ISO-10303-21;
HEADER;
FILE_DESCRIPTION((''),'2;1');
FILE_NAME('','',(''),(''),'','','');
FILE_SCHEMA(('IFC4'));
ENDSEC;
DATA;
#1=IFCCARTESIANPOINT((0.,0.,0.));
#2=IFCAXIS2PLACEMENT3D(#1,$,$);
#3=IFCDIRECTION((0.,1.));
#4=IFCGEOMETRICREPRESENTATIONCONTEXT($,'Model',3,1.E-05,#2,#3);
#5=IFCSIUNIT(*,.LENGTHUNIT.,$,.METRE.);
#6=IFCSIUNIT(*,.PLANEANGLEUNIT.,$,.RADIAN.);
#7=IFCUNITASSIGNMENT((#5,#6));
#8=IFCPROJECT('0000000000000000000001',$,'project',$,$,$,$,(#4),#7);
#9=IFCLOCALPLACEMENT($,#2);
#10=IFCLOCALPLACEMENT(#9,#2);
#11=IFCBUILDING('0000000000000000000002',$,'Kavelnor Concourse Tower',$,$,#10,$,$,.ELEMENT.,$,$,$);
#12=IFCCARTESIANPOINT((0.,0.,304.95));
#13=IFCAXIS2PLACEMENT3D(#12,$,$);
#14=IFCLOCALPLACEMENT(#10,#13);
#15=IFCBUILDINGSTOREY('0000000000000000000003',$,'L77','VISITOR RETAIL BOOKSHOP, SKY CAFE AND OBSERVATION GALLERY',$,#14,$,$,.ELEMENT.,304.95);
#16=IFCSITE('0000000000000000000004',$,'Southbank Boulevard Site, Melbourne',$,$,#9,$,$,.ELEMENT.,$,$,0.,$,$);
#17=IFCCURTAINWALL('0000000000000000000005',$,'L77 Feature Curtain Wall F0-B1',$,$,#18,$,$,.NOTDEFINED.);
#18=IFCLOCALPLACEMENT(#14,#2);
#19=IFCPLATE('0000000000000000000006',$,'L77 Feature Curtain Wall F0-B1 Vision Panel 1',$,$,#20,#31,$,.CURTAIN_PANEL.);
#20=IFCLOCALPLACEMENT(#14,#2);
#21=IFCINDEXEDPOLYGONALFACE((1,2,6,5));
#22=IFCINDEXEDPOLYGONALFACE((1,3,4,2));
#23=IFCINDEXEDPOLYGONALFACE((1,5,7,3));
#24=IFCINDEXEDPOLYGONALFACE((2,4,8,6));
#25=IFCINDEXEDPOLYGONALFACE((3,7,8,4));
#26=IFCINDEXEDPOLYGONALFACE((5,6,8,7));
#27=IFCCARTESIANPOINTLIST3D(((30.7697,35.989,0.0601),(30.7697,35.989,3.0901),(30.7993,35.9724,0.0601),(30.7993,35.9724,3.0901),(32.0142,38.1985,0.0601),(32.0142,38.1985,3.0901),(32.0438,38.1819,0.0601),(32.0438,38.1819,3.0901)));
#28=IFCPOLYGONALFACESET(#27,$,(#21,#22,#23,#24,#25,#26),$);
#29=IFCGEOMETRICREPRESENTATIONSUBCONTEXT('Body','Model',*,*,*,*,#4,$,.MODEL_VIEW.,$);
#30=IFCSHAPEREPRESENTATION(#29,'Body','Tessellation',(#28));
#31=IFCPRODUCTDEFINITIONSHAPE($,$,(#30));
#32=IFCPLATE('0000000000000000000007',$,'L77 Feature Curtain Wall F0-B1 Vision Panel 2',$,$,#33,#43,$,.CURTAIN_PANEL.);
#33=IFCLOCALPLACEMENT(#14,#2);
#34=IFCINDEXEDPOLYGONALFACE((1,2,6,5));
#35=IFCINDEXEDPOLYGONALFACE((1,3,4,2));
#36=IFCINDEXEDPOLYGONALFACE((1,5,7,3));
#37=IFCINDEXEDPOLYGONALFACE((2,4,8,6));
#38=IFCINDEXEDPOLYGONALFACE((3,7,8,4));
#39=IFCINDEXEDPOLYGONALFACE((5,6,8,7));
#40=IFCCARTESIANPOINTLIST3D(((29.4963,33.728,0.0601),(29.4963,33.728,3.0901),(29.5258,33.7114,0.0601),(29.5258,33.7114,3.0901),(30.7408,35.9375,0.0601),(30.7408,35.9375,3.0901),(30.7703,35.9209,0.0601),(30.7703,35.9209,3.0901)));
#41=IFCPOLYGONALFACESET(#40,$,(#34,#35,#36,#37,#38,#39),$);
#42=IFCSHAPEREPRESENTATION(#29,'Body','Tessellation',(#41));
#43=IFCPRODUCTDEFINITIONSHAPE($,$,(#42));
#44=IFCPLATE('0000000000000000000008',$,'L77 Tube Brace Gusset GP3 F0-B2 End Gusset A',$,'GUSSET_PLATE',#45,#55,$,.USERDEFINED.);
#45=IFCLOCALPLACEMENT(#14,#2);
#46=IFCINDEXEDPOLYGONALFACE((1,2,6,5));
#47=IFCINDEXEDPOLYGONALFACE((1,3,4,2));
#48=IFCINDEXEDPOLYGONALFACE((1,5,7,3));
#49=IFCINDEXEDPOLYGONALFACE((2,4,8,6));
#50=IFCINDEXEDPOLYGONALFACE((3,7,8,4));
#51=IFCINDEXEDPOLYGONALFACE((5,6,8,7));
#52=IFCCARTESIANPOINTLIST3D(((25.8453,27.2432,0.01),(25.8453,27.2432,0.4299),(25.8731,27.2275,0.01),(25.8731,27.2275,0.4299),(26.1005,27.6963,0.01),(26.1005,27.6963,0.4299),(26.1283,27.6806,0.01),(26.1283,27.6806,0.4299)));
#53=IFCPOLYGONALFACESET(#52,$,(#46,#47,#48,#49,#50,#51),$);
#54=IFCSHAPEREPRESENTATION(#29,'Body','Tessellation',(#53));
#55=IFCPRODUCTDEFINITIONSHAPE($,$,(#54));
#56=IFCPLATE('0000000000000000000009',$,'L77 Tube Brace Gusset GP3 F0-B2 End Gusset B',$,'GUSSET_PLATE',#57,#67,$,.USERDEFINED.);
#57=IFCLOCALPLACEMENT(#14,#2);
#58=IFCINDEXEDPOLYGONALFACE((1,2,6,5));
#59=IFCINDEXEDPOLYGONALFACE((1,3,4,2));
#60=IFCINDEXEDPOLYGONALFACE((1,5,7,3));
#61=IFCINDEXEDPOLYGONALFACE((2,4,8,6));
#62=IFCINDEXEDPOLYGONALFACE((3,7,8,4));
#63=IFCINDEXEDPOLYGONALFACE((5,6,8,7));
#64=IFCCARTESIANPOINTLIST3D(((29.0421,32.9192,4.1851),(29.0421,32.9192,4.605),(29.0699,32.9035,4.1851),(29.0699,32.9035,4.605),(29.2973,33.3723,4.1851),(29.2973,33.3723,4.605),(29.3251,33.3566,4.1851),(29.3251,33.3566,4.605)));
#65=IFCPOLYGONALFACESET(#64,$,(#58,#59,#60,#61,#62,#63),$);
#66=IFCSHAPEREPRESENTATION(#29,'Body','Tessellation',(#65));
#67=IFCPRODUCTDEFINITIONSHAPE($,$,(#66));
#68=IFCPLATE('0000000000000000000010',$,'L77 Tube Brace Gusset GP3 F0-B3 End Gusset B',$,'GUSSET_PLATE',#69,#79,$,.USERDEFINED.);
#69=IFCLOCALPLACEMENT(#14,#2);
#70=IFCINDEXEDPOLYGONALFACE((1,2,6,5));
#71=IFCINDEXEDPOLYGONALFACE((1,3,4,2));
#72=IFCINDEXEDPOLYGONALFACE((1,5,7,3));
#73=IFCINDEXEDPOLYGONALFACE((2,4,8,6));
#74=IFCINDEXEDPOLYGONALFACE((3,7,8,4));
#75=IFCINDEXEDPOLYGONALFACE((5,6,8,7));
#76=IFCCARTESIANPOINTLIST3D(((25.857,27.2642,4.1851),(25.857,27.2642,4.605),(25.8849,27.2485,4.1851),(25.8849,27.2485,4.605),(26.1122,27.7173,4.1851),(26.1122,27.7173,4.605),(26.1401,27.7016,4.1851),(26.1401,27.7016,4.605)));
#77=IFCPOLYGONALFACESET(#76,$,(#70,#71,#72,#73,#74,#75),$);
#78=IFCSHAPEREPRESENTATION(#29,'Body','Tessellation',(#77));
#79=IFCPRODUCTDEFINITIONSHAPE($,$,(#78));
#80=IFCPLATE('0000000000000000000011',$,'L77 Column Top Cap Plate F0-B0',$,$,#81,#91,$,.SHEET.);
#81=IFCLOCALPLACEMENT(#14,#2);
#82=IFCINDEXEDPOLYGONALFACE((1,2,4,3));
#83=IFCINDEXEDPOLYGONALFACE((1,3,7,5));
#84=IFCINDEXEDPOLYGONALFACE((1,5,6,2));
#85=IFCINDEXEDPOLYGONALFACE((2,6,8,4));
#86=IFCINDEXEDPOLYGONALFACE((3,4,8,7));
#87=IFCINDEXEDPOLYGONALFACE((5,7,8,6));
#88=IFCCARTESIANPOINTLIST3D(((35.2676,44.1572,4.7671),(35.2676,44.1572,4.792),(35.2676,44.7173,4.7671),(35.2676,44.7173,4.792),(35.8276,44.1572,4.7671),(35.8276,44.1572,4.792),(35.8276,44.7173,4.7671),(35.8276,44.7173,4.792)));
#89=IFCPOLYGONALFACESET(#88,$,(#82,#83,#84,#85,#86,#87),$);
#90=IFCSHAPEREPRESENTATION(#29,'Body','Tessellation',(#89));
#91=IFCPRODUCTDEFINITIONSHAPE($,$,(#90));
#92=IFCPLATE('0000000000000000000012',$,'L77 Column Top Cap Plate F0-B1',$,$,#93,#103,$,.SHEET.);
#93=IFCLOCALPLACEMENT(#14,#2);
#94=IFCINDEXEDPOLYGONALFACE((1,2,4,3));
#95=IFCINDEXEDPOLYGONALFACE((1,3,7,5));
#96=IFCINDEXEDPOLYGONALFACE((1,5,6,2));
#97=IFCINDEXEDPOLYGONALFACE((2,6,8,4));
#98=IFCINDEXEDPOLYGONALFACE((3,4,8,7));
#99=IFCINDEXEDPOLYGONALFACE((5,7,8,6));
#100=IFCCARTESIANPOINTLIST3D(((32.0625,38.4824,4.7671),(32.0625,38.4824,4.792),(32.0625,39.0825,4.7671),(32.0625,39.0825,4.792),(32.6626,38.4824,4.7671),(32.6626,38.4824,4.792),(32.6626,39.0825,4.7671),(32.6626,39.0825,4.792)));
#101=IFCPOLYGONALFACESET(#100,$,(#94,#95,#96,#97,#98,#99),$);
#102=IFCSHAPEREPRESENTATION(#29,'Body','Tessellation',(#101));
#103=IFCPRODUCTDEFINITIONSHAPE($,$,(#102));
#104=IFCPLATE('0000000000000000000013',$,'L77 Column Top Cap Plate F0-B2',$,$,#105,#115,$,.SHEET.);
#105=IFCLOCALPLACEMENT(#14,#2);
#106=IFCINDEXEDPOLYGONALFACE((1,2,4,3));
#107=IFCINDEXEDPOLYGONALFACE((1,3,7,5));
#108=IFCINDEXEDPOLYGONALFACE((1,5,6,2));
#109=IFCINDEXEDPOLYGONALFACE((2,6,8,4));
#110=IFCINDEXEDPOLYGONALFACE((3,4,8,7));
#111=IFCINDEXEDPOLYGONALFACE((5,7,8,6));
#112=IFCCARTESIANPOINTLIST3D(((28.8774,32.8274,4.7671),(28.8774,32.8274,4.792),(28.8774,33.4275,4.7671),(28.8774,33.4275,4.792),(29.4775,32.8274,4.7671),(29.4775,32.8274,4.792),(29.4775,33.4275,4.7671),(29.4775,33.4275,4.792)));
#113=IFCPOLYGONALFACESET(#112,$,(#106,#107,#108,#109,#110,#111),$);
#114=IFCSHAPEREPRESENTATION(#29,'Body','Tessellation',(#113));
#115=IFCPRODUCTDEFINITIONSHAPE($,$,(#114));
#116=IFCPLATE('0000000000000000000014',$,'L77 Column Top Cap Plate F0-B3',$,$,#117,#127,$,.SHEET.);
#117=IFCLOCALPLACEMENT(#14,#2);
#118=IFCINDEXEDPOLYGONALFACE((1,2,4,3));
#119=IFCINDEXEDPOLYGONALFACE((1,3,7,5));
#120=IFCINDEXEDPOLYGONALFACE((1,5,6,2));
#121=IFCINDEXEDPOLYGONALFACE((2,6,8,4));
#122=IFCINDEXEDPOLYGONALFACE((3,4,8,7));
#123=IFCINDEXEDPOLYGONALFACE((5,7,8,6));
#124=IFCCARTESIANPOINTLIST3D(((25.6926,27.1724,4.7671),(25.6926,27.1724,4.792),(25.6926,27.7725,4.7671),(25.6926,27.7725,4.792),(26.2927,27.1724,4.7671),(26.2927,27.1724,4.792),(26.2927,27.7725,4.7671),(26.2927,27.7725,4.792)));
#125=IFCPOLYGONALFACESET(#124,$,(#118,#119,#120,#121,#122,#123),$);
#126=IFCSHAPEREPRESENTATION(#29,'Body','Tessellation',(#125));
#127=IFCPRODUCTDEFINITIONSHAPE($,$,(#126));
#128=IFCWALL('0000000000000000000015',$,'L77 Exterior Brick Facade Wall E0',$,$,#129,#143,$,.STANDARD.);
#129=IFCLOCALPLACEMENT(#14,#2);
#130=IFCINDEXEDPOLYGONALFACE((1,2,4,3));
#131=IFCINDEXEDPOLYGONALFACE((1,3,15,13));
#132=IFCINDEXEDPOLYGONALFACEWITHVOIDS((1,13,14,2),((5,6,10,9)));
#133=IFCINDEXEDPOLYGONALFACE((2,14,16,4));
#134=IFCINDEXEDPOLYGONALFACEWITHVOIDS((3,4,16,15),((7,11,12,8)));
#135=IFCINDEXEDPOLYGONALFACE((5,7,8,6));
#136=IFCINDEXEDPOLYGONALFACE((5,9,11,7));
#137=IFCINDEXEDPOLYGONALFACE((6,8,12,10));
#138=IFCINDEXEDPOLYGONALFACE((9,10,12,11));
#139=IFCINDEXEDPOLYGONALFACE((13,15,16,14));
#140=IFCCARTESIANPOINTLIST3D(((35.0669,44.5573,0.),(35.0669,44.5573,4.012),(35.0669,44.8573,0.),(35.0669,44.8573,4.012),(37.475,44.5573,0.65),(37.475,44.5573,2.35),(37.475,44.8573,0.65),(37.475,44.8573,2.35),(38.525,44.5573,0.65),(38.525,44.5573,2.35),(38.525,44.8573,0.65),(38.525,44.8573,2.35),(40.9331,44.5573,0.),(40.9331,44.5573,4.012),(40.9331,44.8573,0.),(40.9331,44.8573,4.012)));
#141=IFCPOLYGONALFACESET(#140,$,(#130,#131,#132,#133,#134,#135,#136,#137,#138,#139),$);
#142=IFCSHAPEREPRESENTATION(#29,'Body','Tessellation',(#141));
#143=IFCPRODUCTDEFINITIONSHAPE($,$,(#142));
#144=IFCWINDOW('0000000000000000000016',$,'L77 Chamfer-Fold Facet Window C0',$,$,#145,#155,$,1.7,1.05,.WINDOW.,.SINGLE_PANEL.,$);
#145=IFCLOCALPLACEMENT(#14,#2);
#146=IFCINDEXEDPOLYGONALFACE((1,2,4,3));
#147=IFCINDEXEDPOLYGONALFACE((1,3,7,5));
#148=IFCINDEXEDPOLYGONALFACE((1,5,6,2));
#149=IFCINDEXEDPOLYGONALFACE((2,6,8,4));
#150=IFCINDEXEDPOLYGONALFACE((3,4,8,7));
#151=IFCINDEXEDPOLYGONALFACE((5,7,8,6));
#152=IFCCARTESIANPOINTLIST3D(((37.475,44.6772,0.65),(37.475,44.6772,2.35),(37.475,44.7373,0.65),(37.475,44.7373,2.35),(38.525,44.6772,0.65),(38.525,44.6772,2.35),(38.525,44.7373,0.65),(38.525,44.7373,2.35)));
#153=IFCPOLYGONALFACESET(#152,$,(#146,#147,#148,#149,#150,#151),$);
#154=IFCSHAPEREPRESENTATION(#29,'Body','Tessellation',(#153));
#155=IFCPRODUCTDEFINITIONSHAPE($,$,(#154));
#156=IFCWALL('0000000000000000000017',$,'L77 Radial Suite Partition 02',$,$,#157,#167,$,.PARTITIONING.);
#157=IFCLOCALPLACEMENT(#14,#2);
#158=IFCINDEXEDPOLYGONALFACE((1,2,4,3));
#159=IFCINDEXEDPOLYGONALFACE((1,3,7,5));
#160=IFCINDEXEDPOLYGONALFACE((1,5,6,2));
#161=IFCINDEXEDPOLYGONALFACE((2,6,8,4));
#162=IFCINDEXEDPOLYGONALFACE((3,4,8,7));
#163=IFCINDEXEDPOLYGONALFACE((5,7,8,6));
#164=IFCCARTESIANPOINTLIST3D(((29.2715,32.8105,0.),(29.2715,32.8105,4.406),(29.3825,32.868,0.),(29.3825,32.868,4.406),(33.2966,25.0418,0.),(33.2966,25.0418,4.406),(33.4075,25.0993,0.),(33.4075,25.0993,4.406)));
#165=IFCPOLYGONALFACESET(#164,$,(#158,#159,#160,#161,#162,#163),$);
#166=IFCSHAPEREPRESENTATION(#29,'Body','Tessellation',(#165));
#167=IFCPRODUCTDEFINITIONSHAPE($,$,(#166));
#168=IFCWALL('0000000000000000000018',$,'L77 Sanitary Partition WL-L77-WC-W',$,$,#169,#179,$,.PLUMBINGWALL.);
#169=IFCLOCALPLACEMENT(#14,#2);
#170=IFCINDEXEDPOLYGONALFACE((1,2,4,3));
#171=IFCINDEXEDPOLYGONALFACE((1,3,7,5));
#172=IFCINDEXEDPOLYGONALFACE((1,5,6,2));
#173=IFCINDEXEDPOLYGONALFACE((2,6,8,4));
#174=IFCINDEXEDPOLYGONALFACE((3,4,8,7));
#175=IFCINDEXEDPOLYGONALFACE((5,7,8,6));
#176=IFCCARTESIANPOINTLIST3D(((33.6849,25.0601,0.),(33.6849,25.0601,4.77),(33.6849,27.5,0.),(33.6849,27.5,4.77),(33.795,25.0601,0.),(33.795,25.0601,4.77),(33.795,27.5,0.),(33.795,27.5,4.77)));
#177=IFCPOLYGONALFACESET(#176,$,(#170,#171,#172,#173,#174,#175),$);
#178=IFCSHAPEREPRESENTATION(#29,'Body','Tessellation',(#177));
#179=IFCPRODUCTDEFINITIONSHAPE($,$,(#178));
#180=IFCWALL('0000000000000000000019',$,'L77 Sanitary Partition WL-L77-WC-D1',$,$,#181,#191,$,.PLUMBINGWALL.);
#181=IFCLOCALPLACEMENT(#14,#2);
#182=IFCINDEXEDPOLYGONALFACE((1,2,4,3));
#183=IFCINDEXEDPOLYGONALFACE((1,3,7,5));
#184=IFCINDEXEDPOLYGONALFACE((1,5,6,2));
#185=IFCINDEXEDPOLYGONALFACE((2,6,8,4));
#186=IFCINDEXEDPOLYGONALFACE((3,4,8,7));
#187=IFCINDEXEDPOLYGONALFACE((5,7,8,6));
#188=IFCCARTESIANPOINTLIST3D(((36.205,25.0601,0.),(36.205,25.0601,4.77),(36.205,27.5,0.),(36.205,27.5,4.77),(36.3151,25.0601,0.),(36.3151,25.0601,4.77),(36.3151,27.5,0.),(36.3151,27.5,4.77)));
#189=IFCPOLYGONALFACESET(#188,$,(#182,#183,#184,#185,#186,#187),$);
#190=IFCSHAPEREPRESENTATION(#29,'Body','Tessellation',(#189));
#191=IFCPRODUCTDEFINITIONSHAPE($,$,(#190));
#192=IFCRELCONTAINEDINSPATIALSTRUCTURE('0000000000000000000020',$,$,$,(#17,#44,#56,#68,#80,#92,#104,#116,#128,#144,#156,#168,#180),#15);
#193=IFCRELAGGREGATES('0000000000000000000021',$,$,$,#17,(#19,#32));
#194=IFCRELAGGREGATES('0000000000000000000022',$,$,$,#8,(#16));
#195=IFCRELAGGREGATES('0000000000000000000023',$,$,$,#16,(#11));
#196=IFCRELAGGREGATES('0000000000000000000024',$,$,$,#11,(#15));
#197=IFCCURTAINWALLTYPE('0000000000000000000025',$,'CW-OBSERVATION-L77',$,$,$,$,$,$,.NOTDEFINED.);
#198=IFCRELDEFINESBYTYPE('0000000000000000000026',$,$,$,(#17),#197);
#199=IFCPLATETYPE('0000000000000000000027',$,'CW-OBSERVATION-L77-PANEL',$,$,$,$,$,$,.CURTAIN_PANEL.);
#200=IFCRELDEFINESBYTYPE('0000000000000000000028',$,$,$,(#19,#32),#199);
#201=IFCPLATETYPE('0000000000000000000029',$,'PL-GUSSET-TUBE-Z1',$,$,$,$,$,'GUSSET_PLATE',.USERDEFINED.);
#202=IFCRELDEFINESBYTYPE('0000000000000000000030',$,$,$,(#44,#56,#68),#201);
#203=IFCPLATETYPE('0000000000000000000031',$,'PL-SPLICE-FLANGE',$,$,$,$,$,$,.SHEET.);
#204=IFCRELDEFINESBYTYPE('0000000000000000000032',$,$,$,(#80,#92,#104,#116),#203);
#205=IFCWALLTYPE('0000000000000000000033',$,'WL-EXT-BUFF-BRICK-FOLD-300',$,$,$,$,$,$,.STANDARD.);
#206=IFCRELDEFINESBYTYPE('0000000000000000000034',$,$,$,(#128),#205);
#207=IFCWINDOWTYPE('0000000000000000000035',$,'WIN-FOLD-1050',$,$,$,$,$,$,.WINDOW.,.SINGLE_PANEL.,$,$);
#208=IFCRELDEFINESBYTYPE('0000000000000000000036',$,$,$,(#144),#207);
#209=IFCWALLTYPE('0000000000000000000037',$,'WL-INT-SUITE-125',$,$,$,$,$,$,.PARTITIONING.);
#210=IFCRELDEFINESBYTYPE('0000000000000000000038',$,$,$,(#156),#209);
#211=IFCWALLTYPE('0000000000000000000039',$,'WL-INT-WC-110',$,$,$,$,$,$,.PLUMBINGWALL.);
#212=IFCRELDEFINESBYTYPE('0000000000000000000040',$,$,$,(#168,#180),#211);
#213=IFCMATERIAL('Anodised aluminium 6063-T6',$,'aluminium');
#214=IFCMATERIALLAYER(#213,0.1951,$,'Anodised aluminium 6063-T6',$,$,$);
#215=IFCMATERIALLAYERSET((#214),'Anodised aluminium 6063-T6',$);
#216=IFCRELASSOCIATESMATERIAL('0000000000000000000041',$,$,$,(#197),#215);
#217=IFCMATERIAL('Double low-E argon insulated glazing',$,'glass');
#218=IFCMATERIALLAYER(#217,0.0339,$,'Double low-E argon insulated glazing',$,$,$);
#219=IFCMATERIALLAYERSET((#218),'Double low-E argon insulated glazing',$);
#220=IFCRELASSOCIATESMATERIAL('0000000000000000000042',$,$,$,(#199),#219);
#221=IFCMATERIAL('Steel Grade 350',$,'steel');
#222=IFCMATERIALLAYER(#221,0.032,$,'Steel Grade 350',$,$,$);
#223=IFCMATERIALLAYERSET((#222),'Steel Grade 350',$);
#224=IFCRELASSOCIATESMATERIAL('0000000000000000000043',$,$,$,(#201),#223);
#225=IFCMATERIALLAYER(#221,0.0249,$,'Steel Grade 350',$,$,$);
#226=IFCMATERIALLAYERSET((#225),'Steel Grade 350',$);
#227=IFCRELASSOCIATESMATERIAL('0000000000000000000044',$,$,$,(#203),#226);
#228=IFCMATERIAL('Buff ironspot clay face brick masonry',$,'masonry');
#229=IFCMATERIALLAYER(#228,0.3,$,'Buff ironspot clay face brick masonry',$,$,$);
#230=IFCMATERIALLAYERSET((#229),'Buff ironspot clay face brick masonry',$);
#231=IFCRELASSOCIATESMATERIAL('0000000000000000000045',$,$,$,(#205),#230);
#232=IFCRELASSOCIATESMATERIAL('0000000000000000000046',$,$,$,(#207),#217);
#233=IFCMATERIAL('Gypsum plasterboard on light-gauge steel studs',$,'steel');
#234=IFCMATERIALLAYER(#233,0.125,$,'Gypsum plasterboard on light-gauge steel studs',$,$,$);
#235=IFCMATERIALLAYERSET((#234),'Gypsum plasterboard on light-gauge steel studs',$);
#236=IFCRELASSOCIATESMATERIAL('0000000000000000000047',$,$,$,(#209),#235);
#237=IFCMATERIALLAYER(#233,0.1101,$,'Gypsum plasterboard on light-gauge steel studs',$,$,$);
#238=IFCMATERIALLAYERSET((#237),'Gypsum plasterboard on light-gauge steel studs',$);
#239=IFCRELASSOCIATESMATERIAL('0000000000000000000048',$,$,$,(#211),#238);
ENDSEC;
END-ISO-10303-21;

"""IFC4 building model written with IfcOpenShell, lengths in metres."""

from ifc_helpers import new_model, si_unit, direction, frame, frame_2d, origin, origin_2d, place, context, subcontext, project, spatial, rectangle, extrude, material, layer, layer_set, type_object, element, fill, aggregate, save


model = new_model("IFC4")

# Units and contexts
model_context = context("Model", 3, precision=1e-05, world=origin(), true_north=direction((0.0, 1.0)))
body_context = subcontext(model_context, "Body", "Model", "MODEL_VIEW")
ifc_project = project(units=[si_unit("LENGTHUNIT", "METRE"), si_unit("PLANEANGLEUNIT", "RADIAN")], contexts=[model_context])

# Site, building, storey
site_placement = place(None, origin())
site = spatial("IfcSite", under=ifc_project, at=site_placement, Name="Southbank Boulevard Site, Melbourne", CompositionType="ELEMENT", RefElevation=0.0)
building_placement = place(site_placement, origin())
building = spatial("IfcBuilding", under=site, at=building_placement, Name="Kavelnor Concourse Tower", CompositionType="ELEMENT")
storey_placement = place(building_placement, frame((0.0, 0.0, 304.95)))
storey = spatial("IfcBuildingStorey", under=building, at=storey_placement, Name="L77", Description="VISITOR RETAIL BOOKSHOP, SKY CAFE AND OBSERVATION GALLERY", CompositionType="ELEMENT", Elevation=304.95)

# Shared definitions
ifc_material_1 = material(Name="Steel Grade 350", Category="steel")

# Curtain wall
ifc_material_2 = material(Name="Anodised aluminium 6063-T6", Category="aluminium")
ifc_layer_1 = layer(ifc_material_2, 0.1951, Name="Anodised aluminium 6063-T6")
ifc_layer_set_1 = layer_set([ifc_layer_1], Name="Anodised aluminium 6063-T6")
curtain_wall_type = type_object("IfcCurtainWallType", Name="CW-OBSERVATION-L77", PredefinedType="NOTDEFINED", material=ifc_layer_set_1)
curtain_wall_placement = place(storey_placement, origin())
curtain_wall = element("IfcCurtainWall", 1, at=curtain_wall_placement, inside=storey, type_object=curtain_wall_type, Name="L77 Feature Curtain Wall F0-B1", PredefinedType="NOTDEFINED")

# Plates
ifc_material_3 = material(Name="Double low-E argon insulated glazing", Category="glass")
ifc_layer_2 = layer(ifc_material_3, 0.0339, Name="Double low-E argon insulated glazing")
ifc_layer_set_2 = layer_set([ifc_layer_2], Name="Double low-E argon insulated glazing")
plate_type_1 = type_object("IfcPlateType", Name="CW-OBSERVATION-L77-PANEL", PredefinedType="CURTAIN_PANEL", material=ifc_layer_set_2)
plate_1_placement = place(storey_placement, frame((31.4067, 37.0854, 0.0601), z_axis=(0.0, 0.0, 1.0), x_axis=(-0.490752, -0.871299, 0.0)))
plate_1 = element("IfcPlate", 2, at=plate_1_placement, type_object=plate_type_1, Name="L77 Feature Curtain Wall F0-B1 Vision Panel 1", PredefinedType="CURTAIN_PANEL", context=body_context, shape_type="SweptSolid", body=[
    extrude(rectangle(XDim=2.5359, YDim=0.0339, at=origin_2d()), origin(), (0.0, 0.0, 1.0), 3.03),
])
plate_2_placement = place(storey_placement, frame((30.1333, 34.8245, 0.0601), z_axis=(0.0, 0.0, 1.0), x_axis=(-0.490752, -0.871299, 0.0)))
plate_2 = element("IfcPlate", 3, at=plate_2_placement, type_object=plate_type_1, Name="L77 Feature Curtain Wall F0-B1 Vision Panel 2", PredefinedType="CURTAIN_PANEL", context=body_context, shape_type="SweptSolid", body=[
    extrude(rectangle(XDim=2.5359, YDim=0.0339, at=origin_2d()), origin(), (0.0, 0.0, 1.0), 3.03),
])
aggregate(curtain_wall, [plate_1, plate_2])

# Plates
ifc_layer_3 = layer(ifc_material_1, 0.032, Name="Steel Grade 350")
ifc_layer_set_3 = layer_set([ifc_layer_3], Name="Steel Grade 350")
plate_type_2 = type_object("IfcPlateType", Name="PL-GUSSET-TUBE-Z1", ElementType="GUSSET_PLATE", PredefinedType="USERDEFINED", material=ifc_layer_set_3)
for number, where, z_axis, x_axis, name in (
    (4, (25.9868, 27.4619, 0.01), (0.0, 0.0, 1.0), (0.490752, 0.871299, 0.0), "L77 Tube Brace Gusset GP3 F0-B2 End Gusset A"),
    (5, (29.1836, 33.1379, 4.1851), (0.0, 0.0, 1.0), (0.490752, 0.871299, 0.0), "L77 Tube Brace Gusset GP3 F0-B2 End Gusset B"),
    (6, (25.9985, 27.4829, 4.1851), (0.0, 0.0, 1.0), (0.490752, 0.871299, 0.0), "L77 Tube Brace Gusset GP3 F0-B3 End Gusset B"),
):
    element("IfcPlate", number, at=place(storey_placement, frame(where, z_axis=z_axis, x_axis=x_axis)), inside=storey, type_object=plate_type_2, Name=name, ObjectType="GUSSET_PLATE", PredefinedType="USERDEFINED", context=body_context, shape_type="SweptSolid", body=[
        extrude(rectangle(XDim=0.52, YDim=0.032, at=origin_2d()), origin(), (0.0, 0.0, 1.0), 0.4199),
    ])
ifc_layer_4 = layer(ifc_material_1, 0.0249, Name="Steel Grade 350")
ifc_layer_set_4 = layer_set([ifc_layer_4], Name="Steel Grade 350")
plate_type_3 = type_object("IfcPlateType", Name="PL-SPLICE-FLANGE", PredefinedType="SHEET", material=ifc_layer_set_4)
plate_3_placement = place(storey_placement, frame((35.5476, 44.4373, 4.7671), z_axis=(0.0, 0.0, 1.0), x_axis=(1.0, 0.0, 0.0)))
element("IfcPlate", 7, at=plate_3_placement, inside=storey, type_object=plate_type_3, Name="L77 Column Top Cap Plate F0-B0", PredefinedType="SHEET", context=body_context, shape_type="SweptSolid", body=[
    extrude(rectangle(XDim=0.5601, YDim=0.5601, at=origin_2d()), origin(), (0.0, 0.0, 1.0), 0.0249),
])
for number, where, z_axis, x_axis, name in (
    (8, (32.3625, 38.7825, 4.7671), (0.0, 0.0, 1.0), (1.0, 0.0, 0.0), "L77 Column Top Cap Plate F0-B1"),
    (9, (29.1775, 33.1274, 4.7671), (0.0, 0.0, 1.0), (1.0, 0.0, 0.0), "L77 Column Top Cap Plate F0-B2"),
    (10, (25.9927, 27.4724, 4.7671), (0.0, 0.0, 1.0), (1.0, 0.0, 0.0), "L77 Column Top Cap Plate F0-B3"),
):
    element("IfcPlate", number, at=place(storey_placement, frame(where, z_axis=z_axis, x_axis=x_axis)), inside=storey, type_object=plate_type_3, Name=name, PredefinedType="SHEET", context=body_context, shape_type="SweptSolid", body=[
        extrude(rectangle(XDim=0.6001, YDim=0.6001, at=origin_2d()), origin(), (0.0, 0.0, 1.0), 0.0249),
    ])

# Wall, opening, window
ifc_material_4 = material(Name="Buff ironspot clay face brick masonry", Category="masonry")
ifc_layer_5 = layer(ifc_material_4, 0.3, Name="Buff ironspot clay face brick masonry")
ifc_layer_set_5 = layer_set([ifc_layer_5], Name="Buff ironspot clay face brick masonry")
wall_type_1 = type_object("IfcWallType", Name="WL-EXT-BUFF-BRICK-FOLD-300", PredefinedType="STANDARD", material=ifc_layer_set_5)
wall_1_placement = place(storey_placement, frame((35.0669, 44.7073, 0.0), z_axis=(0.0, 0.0, 1.0), x_axis=(1.0, 0.0, 0.0)))
wall_1 = element("IfcWall", 11, at=wall_1_placement, inside=storey, type_object=wall_type_1, Name="L77 Exterior Brick Facade Wall E0", PredefinedType="STANDARD", context=body_context, shape_type="SweptSolid", body=[
    extrude(rectangle(XDim=5.8662, YDim=0.3, at=frame_2d((2.9331, 0.0))), origin(), (0.0, 0.0, 1.0), 4.012),
])
opening_placement = place(wall_1_placement, frame((2.4082, 0.0, 0.6499)))
opening = element("IfcOpeningElement", 12, at=opening_placement, cuts=wall_1, PredefinedType="OPENING", context=body_context, shape_type="SweptSolid", body=[
    extrude(rectangle(XDim=1.05, YDim=1.7, at=frame_2d((0.5249, 0.8501))), frame((0.0, 0.1602, 0.0), z_axis=(0.0, -1.0, 0.0), x_axis=(1.0, 0.0, 0.0)), (0.0, 0.0, 1.0), 0.3201),
])
window_type = type_object("IfcWindowType", Name="WIN-FOLD-1050", PartitioningType="SINGLE_PANEL", PredefinedType="WINDOW", material=ifc_material_3)
window_placement = place(opening_placement, origin())
window = element("IfcWindow", 13, at=window_placement, inside=storey, type_object=window_type, Name="L77 Chamfer-Fold Facet Window C0", OverallHeight=1.7, OverallWidth=1.05, PartitioningType="SINGLE_PANEL", PredefinedType="WINDOW", context=body_context, shape_type="SweptSolid", body=[
    extrude(rectangle(XDim=1.05, YDim=1.7, at=frame_2d((0.5249, 0.8501))), frame((0.0, 0.03, 0.0), z_axis=(0.0, -1.0, 0.0), x_axis=(1.0, 0.0, 0.0)), (0.0, 0.0, 1.0), 0.0601),
])
fill(opening, window)

# Walls
ifc_material_5 = material(Name="Gypsum plasterboard on light-gauge steel studs", Category="steel")
ifc_layer_6 = layer(ifc_material_5, 0.125, Name="Gypsum plasterboard on light-gauge steel studs")
ifc_layer_set_6 = layer_set([ifc_layer_6], Name="Gypsum plasterboard on light-gauge steel studs")
wall_type_2 = type_object("IfcWallType", Name="WL-INT-SUITE-125", PredefinedType="PARTITIONING", material=ifc_layer_set_6)
wall_2_placement = place(storey_placement, frame((33.3521, 25.0706, 0.0), z_axis=(0.0, 0.0, 1.0), x_axis=(-0.460036, 0.8879, 0.0)))
element("IfcWall", 14, at=wall_2_placement, inside=storey, type_object=wall_type_2, Name="L77 Radial Suite Partition 02", PredefinedType="PARTITIONING", context=body_context, shape_type="SweptSolid", body=[
    extrude(rectangle(XDim=8.7495, YDim=0.125, at=frame_2d((4.3748, 0.0))), origin(), (0.0, 0.0, 1.0), 4.406),
])
ifc_layer_7 = layer(ifc_material_5, 0.1101, Name="Gypsum plasterboard on light-gauge steel studs")
ifc_layer_set_7 = layer_set([ifc_layer_7], Name="Gypsum plasterboard on light-gauge steel studs")
wall_type_3 = type_object("IfcWallType", Name="WL-INT-WC-110", PredefinedType="PLUMBINGWALL", material=ifc_layer_set_7)
for number, where, z_axis, x_axis, name in (
    (15, (33.74, 25.0601, 0.0), (0.0, 0.0, 1.0), (0.0, 1.0, 0.0), "L77 Sanitary Partition WL-L77-WC-W"),
    (16, (36.26, 25.0601, 0.0), (0.0, 0.0, 1.0), (0.0, 1.0, 0.0), "L77 Sanitary Partition WL-L77-WC-D1"),
):
    element("IfcWall", number, at=place(storey_placement, frame(where, z_axis=z_axis, x_axis=x_axis)), inside=storey, type_object=wall_type_3, Name=name, PredefinedType="PLUMBINGWALL", context=body_context, shape_type="SweptSolid", body=[
        extrude(rectangle(XDim=2.4399, YDim=0.1101, at=frame_2d((1.22, 0.0))), origin(), (0.0, 0.0, 1.0), 4.77),
    ])

save(model, "model.ifc")
